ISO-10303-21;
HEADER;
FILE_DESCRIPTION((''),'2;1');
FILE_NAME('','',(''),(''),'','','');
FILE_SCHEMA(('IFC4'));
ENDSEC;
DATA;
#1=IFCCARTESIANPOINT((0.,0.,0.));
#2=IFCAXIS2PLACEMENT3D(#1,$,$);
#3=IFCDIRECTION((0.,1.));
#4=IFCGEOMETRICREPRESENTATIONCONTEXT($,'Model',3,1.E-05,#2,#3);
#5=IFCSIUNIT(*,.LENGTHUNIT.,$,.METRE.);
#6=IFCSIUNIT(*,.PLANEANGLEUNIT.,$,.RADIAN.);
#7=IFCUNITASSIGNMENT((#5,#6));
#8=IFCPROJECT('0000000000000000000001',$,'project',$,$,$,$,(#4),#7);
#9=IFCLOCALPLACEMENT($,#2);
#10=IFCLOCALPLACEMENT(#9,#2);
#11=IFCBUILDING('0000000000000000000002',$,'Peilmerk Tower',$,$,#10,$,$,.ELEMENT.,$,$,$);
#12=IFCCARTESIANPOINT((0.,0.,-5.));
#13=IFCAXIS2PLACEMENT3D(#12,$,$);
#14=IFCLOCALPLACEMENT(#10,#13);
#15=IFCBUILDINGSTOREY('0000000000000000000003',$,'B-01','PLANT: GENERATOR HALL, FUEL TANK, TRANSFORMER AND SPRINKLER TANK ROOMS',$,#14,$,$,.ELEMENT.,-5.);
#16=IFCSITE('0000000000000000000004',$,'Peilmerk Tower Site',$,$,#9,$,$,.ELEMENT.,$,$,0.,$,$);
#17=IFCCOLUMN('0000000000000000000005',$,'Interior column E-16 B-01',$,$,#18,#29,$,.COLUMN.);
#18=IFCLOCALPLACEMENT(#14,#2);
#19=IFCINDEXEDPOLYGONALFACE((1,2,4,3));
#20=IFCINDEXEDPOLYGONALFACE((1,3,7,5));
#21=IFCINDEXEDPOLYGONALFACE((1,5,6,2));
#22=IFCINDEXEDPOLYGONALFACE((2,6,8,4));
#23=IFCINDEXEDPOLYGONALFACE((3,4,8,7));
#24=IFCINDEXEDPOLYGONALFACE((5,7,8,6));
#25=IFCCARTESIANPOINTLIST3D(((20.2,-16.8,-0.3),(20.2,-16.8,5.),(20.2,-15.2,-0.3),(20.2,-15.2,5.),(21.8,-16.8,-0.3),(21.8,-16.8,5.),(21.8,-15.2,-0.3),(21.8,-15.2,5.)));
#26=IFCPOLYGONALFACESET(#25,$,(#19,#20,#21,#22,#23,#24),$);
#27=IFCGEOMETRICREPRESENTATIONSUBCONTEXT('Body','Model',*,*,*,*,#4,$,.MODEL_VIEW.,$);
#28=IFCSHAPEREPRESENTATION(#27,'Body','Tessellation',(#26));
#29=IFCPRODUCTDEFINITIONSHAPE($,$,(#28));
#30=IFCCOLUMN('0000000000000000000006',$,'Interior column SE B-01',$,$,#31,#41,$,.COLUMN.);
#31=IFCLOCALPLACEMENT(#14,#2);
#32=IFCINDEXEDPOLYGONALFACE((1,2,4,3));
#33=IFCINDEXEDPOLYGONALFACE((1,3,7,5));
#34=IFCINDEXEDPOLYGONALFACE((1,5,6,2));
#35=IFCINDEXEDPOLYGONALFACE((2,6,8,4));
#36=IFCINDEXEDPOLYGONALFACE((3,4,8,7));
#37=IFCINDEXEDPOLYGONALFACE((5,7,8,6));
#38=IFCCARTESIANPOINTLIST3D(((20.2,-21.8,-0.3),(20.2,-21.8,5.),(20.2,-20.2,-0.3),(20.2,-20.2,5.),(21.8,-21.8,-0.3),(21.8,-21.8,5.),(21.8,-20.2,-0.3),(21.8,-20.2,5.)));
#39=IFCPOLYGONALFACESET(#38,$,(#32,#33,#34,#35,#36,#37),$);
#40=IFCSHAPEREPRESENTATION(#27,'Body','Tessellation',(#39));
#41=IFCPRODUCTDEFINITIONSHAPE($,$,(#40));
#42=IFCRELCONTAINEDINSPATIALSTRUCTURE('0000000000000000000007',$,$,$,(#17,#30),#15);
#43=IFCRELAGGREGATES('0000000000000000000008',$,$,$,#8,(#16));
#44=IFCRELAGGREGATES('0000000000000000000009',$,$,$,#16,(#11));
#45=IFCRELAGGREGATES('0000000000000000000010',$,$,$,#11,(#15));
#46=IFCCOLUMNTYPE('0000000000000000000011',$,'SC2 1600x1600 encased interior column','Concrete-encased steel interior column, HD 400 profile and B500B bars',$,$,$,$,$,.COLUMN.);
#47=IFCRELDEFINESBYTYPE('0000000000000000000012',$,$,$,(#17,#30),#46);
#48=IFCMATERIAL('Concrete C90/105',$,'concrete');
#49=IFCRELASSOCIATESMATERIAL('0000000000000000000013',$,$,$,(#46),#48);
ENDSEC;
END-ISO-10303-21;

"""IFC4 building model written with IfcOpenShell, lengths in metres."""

from ifc_helpers import new_model, si_unit, direction, frame, origin, origin_2d, place, context, subcontext, project, spatial, rectangle, extrude, material, material_profile, profile_set, type_object, element, save


model = new_model("IFC4")

# Units and contexts
model_context = context("Model", 3, precision=1e-05, world=origin(), true_north=direction((0.0, 1.0)))
body_context = subcontext(model_context, "Body", "Model", "MODEL_VIEW")
ifc_project = project(units=[si_unit("LENGTHUNIT", "METRE"), si_unit("PLANEANGLEUNIT", "RADIAN")], contexts=[model_context])

# Site, building, storey
site_placement = place(None, origin())
site = spatial("IfcSite", under=ifc_project, at=site_placement, Name="Peilmerk Tower Site", CompositionType="ELEMENT", RefElevation=0.0)
building_placement = place(site_placement, origin())
building = spatial("IfcBuilding", under=site, at=building_placement, Name="Peilmerk Tower", CompositionType="ELEMENT")
storey_placement = place(building_placement, frame((0.0, 0.0, -5.0)))
storey = spatial("IfcBuildingStorey", under=building, at=storey_placement, Name="B-01", Description="PLANT: GENERATOR HALL, FUEL TANK, TRANSFORMER AND SPRINKLER TANK ROOMS", CompositionType="ELEMENT", Elevation=-5.0)

# Columns
ifc_material_1 = material(Name="Concrete C90/105", Category="concrete")
ifc_material_profile_1 = material_profile(ifc_material_1, rectangle(XDim=1.6001, YDim=1.6001, at=origin_2d()), Name="RC 1600x1600")
ifc_profile_set_1 = profile_set([ifc_material_profile_1], Name="Concrete C90/105")
column_type = type_object("IfcColumnType", Name="SC2 1600x1600 encased interior column", Description="Concrete-encased steel interior column, HD 400 profile and B500B bars", PredefinedType="COLUMN", material=ifc_profile_set_1)
for number, where, z_axis, x_axis, name in (
    (1, (21.0, -16.0, -0.3), (0.0, 0.0, 1.0), (1.0, 0.0, 0.0), "Interior column E-16 B-01"),
    (2, (21.0, -21.0, -0.3), (0.0, 0.0, 1.0), (1.0, 0.0, 0.0), "Interior column SE B-01"),
):
    element("IfcColumn", number, at=place(storey_placement, frame(where, z_axis=z_axis, x_axis=x_axis)), inside=storey, type_object=column_type, Name=name, PredefinedType="COLUMN", context=body_context, shape_type="SweptSolid", body=[
        extrude(rectangle(XDim=1.6001, YDim=1.6001, at=origin_2d()), origin(), (0.0, 0.0, 1.0), 5.3),
    ])

save(model, "model.ifc")
